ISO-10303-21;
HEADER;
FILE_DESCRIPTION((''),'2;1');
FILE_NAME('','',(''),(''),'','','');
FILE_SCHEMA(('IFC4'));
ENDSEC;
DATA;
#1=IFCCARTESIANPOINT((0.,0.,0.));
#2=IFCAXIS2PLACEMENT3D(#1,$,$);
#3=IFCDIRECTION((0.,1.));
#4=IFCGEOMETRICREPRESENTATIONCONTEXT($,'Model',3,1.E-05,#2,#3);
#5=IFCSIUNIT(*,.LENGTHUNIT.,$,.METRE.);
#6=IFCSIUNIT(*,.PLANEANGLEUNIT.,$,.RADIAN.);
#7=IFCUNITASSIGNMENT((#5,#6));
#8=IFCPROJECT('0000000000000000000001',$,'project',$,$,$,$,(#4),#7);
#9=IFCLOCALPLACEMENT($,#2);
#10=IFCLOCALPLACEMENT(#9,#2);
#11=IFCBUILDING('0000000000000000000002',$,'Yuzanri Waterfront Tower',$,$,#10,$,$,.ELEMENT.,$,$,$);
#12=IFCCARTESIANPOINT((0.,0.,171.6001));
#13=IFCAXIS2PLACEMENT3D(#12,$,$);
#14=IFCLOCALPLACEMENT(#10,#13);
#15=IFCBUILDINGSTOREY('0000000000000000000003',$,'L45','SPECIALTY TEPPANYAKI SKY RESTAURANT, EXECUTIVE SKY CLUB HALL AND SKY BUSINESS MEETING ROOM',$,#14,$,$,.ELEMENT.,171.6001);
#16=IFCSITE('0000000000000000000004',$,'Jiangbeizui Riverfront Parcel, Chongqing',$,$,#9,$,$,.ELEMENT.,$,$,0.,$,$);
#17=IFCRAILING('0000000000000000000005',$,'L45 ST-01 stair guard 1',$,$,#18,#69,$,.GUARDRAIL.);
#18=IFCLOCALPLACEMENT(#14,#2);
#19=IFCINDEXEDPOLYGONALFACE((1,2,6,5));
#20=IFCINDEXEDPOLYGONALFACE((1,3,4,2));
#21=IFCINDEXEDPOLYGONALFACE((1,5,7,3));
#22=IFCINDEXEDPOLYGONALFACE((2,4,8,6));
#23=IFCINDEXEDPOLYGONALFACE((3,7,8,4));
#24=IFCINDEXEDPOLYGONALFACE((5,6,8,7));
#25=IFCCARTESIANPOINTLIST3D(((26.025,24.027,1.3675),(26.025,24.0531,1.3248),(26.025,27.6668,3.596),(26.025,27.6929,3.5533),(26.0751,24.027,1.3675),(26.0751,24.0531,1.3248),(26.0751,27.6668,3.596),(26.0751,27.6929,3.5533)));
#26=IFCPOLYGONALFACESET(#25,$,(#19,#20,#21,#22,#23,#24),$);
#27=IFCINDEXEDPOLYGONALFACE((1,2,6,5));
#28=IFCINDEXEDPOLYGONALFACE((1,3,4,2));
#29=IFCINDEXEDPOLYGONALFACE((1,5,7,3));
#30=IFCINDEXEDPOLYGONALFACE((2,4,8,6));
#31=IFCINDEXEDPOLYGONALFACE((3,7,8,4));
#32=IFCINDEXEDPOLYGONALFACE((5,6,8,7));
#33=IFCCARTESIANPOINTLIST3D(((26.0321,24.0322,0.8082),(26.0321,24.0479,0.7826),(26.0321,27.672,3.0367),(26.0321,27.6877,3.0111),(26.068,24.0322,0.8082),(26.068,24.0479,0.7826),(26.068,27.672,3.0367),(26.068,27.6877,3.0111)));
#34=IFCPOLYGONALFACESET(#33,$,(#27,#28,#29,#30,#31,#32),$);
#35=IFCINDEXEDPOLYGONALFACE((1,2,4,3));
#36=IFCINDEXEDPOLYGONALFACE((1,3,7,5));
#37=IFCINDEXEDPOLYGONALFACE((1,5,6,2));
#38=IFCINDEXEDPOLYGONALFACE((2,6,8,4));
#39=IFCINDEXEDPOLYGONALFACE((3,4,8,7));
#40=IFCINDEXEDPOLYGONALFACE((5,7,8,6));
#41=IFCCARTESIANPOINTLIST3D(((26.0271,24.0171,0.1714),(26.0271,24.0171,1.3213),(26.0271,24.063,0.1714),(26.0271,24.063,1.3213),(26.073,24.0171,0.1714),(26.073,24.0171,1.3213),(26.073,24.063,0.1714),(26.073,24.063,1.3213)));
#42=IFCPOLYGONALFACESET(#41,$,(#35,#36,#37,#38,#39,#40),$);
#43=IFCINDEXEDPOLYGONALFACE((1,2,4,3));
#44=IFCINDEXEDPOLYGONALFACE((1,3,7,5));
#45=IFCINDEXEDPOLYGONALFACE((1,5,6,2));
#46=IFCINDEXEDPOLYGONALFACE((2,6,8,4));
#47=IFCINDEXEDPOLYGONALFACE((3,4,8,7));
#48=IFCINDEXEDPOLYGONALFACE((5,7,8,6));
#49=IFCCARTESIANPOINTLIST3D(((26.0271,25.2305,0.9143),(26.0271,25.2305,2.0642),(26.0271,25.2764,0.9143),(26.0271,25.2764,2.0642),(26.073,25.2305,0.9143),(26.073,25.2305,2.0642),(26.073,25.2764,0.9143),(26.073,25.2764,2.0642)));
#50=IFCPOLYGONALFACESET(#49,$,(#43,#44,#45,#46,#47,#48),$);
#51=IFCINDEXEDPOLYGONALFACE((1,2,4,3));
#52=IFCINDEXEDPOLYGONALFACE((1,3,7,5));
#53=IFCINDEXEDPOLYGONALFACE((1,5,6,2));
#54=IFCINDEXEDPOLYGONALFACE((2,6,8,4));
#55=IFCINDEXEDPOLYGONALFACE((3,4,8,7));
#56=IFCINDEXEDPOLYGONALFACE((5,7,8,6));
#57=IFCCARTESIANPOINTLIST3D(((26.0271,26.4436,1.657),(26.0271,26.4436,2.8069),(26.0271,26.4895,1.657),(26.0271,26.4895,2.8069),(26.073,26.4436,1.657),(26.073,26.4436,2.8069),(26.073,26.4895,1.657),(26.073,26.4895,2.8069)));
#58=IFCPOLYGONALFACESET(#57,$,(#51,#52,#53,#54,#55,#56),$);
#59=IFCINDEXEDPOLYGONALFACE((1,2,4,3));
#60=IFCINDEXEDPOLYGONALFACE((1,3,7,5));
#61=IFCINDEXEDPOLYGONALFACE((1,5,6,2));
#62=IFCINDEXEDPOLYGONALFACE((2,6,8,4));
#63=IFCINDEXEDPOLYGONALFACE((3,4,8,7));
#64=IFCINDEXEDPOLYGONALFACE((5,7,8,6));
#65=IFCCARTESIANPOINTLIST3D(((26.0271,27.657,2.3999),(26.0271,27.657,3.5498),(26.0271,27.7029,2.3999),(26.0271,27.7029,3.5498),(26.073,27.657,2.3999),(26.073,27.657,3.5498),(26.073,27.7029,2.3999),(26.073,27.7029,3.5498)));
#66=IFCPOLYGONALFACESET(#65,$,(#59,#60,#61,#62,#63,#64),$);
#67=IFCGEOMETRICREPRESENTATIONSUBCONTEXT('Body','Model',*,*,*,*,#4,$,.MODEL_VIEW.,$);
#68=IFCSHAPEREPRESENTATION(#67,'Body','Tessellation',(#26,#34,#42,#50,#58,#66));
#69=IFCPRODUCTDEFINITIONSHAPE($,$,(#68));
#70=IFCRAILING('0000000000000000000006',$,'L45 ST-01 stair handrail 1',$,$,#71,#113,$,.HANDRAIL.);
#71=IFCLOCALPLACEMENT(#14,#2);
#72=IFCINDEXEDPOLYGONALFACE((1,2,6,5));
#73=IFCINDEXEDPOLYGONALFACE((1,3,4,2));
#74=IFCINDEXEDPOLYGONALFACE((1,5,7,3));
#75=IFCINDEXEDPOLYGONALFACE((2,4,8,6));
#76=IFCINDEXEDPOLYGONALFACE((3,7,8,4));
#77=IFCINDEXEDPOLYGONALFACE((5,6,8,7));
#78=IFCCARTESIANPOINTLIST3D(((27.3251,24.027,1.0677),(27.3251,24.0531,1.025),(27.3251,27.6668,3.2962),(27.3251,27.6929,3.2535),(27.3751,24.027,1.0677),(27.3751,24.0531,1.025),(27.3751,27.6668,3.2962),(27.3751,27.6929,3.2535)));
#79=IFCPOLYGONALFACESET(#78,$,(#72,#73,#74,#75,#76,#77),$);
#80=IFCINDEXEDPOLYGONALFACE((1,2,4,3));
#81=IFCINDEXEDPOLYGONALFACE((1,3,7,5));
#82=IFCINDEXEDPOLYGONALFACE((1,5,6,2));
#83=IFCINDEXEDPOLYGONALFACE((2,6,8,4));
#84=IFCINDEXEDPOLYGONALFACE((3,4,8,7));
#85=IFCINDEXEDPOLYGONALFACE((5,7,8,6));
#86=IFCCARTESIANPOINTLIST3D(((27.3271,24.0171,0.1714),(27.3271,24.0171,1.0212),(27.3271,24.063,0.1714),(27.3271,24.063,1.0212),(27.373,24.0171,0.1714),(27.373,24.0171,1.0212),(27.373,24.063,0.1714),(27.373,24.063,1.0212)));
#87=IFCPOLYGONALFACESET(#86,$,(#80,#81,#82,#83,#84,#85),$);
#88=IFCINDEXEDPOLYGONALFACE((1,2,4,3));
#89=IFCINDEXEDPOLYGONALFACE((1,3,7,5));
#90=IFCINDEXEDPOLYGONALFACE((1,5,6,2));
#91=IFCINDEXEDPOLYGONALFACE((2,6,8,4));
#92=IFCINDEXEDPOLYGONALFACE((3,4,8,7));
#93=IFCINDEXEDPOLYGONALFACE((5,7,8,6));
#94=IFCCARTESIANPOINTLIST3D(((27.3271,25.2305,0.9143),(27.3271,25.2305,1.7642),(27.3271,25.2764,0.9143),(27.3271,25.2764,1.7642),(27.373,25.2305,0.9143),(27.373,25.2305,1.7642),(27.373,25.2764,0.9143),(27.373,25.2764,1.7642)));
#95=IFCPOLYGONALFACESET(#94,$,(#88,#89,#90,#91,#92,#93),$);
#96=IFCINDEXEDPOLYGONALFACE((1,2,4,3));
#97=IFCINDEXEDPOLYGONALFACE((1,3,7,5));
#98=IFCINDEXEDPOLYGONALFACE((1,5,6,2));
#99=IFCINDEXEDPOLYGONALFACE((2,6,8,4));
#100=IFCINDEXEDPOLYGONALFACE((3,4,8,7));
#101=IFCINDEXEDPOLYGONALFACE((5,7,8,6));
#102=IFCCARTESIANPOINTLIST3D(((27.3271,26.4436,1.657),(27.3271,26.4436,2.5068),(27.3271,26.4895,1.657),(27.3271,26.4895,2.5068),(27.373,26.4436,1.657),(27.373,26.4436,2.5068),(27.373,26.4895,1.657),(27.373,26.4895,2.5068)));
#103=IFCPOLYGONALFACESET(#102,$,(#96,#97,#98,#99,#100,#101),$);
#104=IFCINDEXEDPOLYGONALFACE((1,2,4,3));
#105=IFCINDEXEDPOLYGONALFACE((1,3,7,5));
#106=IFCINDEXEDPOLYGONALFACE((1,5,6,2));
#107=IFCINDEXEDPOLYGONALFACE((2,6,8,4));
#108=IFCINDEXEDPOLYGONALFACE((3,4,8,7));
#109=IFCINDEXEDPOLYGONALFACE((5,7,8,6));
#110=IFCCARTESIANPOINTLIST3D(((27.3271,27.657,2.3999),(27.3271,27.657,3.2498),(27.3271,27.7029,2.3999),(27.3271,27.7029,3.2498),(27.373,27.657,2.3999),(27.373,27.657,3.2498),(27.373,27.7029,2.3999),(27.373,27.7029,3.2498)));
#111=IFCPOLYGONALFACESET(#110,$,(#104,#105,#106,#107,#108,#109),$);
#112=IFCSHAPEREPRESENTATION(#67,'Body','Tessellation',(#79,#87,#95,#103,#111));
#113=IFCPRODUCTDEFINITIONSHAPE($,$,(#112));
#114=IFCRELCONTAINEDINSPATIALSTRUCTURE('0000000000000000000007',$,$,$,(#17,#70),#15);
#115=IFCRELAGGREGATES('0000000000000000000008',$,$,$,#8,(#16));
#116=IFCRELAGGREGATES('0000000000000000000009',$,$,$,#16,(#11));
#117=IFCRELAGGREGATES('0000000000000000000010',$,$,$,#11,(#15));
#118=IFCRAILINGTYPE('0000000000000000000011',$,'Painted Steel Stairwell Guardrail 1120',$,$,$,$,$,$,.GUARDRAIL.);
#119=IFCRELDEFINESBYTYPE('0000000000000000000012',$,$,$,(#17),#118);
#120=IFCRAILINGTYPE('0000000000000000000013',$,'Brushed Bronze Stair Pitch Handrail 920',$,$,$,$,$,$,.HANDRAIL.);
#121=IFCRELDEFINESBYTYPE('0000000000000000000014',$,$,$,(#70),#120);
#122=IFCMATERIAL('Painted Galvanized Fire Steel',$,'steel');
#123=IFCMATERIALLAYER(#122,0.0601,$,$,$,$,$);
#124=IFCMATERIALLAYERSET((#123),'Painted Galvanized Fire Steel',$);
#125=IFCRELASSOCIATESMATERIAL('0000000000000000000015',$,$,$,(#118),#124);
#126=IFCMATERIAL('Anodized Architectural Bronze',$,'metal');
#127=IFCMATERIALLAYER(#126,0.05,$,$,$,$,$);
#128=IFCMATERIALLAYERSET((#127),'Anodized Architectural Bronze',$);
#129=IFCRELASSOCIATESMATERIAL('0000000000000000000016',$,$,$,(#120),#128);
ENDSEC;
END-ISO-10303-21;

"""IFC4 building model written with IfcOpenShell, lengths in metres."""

from ifc_helpers import new_model, si_unit, direction, frame, origin, origin_2d, place, context, subcontext, project, spatial, rectangle, extrude, source, transform, mapped, material, layer, layer_set, type_object, element, save


model = new_model("IFC4")

# Units and contexts
model_context = context("Model", 3, precision=1e-05, world=origin(), true_north=direction((0.0, 1.0)))
body_context = subcontext(model_context, "Body", "Model", "MODEL_VIEW")
ifc_project = project(units=[si_unit("LENGTHUNIT", "METRE"), si_unit("PLANEANGLEUNIT", "RADIAN")], contexts=[model_context])

# Site, building, storey
site_placement = place(None, origin())
site = spatial("IfcSite", under=ifc_project, at=site_placement, Name="Jiangbeizui Riverfront Parcel, Chongqing", CompositionType="ELEMENT", RefElevation=0.0)
building_placement = place(site_placement, origin())
building = spatial("IfcBuilding", under=site, at=building_placement, Name="Yuzanri Waterfront Tower", CompositionType="ELEMENT")
storey_placement = place(building_placement, frame((0.0, 0.0, 171.6001)))
storey = spatial("IfcBuildingStorey", under=building, at=storey_placement, Name="L45", Description="SPECIALTY TEPPANYAKI SKY RESTAURANT, EXECUTIVE SKY CLUB HALL AND SKY BUSINESS MEETING ROOM", CompositionType="ELEMENT", Elevation=171.6001)

# Railings
ifc_material_1 = material(Name="Painted Galvanized Fire Steel", Category="steel")
ifc_layer_1 = layer(ifc_material_1, 0.0601)
ifc_layer_set_1 = layer_set([ifc_layer_1], Name="Painted Galvanized Fire Steel")
railing_type_1 = type_object("IfcRailingType", Name="Painted Steel Stairwell Guardrail 1120", PredefinedType="GUARDRAIL", material=ifc_layer_set_1)
shared_shape_1 = source(origin(), body_context, "Body", "SweptSolid", [
    extrude(rectangle(XDim=0.05, YDim=0.05, at=origin_2d()), frame((0.0, 0.0, 1.1748), z_axis=(0.0, 0.85285, 0.522156), x_axis=(-1.0, 0.0, 0.0)), (0.0, 0.0, 1.0), 4.2678),
    extrude(rectangle(XDim=0.0359, YDim=0.03, at=origin_2d()), frame((0.0, 0.0, 0.624), z_axis=(0.0, 0.85285, 0.522156), x_axis=(-1.0, 0.0, 0.0)), (0.0, 0.0, 1.0), 4.2678),
    extrude(rectangle(XDim=0.0459, YDim=0.0459, at=origin_2d()), origin(), (0.0, 0.0, 1.0), 1.1499),
    extrude(rectangle(XDim=0.0459, YDim=0.0459, at=origin_2d()), frame((0.0, 1.2134, 0.7429)), (0.0, 0.0, 1.0), 1.1499),
    extrude(rectangle(XDim=0.0459, YDim=0.0459, at=origin_2d()), frame((0.0, 2.4265, 1.4856)), (0.0, 0.0, 1.0), 1.1499),
    extrude(rectangle(XDim=0.0459, YDim=0.0459, at=origin_2d()), frame((0.0, 3.6399, 2.2285)), (0.0, 0.0, 1.0), 1.1499),
])
railing_1_placement = place(storey_placement, frame((26.05, 24.04, 0.1714)))
element("IfcRailing", 1, at=railing_1_placement, inside=storey, type_object=railing_type_1, Name="L45 ST-01 stair guard 1", PredefinedType="GUARDRAIL", context=body_context, shape_type="MappedRepresentation", body=[
    mapped(shared_shape_1, transform((0.0, 0.0, 0.0), scale=1.0)),
])
ifc_material_2 = material(Name="Anodized Architectural Bronze", Category="metal")
ifc_layer_2 = layer(ifc_material_2, 0.05)
ifc_layer_set_2 = layer_set([ifc_layer_2], Name="Anodized Architectural Bronze")
railing_type_2 = type_object("IfcRailingType", Name="Brushed Bronze Stair Pitch Handrail 920", PredefinedType="HANDRAIL", material=ifc_layer_set_2)
shared_shape_2 = source(origin(), body_context, "Body", "SweptSolid", [
    extrude(rectangle(XDim=0.05, YDim=0.05, at=origin_2d()), frame((0.0, 0.0, 0.875), z_axis=(0.0, 0.85285, 0.522156), x_axis=(-1.0, 0.0, 0.0)), (0.0, 0.0, 1.0), 4.2678),
    extrude(rectangle(XDim=0.0459, YDim=0.0459, at=origin_2d()), origin(), (0.0, 0.0, 1.0), 0.8499),
    extrude(rectangle(XDim=0.0459, YDim=0.0459, at=origin_2d()), frame((0.0, 1.2134, 0.7429)), (0.0, 0.0, 1.0), 0.8499),
    extrude(rectangle(XDim=0.0459, YDim=0.0459, at=origin_2d()), frame((0.0, 2.4265, 1.4856)), (0.0, 0.0, 1.0), 0.8499),
    extrude(rectangle(XDim=0.0459, YDim=0.0459, at=origin_2d()), frame((0.0, 3.6399, 2.2285)), (0.0, 0.0, 1.0), 0.8499),
])
railing_2_placement = place(storey_placement, frame((27.3501, 24.04, 0.1714)))
element("IfcRailing", 2, at=railing_2_placement, inside=storey, type_object=railing_type_2, Name="L45 ST-01 stair handrail 1", PredefinedType="HANDRAIL", context=body_context, shape_type="MappedRepresentation", body=[
    mapped(shared_shape_2, transform((0.0, 0.0, 0.0), scale=1.0)),
])

save(model, "model.ifc")
